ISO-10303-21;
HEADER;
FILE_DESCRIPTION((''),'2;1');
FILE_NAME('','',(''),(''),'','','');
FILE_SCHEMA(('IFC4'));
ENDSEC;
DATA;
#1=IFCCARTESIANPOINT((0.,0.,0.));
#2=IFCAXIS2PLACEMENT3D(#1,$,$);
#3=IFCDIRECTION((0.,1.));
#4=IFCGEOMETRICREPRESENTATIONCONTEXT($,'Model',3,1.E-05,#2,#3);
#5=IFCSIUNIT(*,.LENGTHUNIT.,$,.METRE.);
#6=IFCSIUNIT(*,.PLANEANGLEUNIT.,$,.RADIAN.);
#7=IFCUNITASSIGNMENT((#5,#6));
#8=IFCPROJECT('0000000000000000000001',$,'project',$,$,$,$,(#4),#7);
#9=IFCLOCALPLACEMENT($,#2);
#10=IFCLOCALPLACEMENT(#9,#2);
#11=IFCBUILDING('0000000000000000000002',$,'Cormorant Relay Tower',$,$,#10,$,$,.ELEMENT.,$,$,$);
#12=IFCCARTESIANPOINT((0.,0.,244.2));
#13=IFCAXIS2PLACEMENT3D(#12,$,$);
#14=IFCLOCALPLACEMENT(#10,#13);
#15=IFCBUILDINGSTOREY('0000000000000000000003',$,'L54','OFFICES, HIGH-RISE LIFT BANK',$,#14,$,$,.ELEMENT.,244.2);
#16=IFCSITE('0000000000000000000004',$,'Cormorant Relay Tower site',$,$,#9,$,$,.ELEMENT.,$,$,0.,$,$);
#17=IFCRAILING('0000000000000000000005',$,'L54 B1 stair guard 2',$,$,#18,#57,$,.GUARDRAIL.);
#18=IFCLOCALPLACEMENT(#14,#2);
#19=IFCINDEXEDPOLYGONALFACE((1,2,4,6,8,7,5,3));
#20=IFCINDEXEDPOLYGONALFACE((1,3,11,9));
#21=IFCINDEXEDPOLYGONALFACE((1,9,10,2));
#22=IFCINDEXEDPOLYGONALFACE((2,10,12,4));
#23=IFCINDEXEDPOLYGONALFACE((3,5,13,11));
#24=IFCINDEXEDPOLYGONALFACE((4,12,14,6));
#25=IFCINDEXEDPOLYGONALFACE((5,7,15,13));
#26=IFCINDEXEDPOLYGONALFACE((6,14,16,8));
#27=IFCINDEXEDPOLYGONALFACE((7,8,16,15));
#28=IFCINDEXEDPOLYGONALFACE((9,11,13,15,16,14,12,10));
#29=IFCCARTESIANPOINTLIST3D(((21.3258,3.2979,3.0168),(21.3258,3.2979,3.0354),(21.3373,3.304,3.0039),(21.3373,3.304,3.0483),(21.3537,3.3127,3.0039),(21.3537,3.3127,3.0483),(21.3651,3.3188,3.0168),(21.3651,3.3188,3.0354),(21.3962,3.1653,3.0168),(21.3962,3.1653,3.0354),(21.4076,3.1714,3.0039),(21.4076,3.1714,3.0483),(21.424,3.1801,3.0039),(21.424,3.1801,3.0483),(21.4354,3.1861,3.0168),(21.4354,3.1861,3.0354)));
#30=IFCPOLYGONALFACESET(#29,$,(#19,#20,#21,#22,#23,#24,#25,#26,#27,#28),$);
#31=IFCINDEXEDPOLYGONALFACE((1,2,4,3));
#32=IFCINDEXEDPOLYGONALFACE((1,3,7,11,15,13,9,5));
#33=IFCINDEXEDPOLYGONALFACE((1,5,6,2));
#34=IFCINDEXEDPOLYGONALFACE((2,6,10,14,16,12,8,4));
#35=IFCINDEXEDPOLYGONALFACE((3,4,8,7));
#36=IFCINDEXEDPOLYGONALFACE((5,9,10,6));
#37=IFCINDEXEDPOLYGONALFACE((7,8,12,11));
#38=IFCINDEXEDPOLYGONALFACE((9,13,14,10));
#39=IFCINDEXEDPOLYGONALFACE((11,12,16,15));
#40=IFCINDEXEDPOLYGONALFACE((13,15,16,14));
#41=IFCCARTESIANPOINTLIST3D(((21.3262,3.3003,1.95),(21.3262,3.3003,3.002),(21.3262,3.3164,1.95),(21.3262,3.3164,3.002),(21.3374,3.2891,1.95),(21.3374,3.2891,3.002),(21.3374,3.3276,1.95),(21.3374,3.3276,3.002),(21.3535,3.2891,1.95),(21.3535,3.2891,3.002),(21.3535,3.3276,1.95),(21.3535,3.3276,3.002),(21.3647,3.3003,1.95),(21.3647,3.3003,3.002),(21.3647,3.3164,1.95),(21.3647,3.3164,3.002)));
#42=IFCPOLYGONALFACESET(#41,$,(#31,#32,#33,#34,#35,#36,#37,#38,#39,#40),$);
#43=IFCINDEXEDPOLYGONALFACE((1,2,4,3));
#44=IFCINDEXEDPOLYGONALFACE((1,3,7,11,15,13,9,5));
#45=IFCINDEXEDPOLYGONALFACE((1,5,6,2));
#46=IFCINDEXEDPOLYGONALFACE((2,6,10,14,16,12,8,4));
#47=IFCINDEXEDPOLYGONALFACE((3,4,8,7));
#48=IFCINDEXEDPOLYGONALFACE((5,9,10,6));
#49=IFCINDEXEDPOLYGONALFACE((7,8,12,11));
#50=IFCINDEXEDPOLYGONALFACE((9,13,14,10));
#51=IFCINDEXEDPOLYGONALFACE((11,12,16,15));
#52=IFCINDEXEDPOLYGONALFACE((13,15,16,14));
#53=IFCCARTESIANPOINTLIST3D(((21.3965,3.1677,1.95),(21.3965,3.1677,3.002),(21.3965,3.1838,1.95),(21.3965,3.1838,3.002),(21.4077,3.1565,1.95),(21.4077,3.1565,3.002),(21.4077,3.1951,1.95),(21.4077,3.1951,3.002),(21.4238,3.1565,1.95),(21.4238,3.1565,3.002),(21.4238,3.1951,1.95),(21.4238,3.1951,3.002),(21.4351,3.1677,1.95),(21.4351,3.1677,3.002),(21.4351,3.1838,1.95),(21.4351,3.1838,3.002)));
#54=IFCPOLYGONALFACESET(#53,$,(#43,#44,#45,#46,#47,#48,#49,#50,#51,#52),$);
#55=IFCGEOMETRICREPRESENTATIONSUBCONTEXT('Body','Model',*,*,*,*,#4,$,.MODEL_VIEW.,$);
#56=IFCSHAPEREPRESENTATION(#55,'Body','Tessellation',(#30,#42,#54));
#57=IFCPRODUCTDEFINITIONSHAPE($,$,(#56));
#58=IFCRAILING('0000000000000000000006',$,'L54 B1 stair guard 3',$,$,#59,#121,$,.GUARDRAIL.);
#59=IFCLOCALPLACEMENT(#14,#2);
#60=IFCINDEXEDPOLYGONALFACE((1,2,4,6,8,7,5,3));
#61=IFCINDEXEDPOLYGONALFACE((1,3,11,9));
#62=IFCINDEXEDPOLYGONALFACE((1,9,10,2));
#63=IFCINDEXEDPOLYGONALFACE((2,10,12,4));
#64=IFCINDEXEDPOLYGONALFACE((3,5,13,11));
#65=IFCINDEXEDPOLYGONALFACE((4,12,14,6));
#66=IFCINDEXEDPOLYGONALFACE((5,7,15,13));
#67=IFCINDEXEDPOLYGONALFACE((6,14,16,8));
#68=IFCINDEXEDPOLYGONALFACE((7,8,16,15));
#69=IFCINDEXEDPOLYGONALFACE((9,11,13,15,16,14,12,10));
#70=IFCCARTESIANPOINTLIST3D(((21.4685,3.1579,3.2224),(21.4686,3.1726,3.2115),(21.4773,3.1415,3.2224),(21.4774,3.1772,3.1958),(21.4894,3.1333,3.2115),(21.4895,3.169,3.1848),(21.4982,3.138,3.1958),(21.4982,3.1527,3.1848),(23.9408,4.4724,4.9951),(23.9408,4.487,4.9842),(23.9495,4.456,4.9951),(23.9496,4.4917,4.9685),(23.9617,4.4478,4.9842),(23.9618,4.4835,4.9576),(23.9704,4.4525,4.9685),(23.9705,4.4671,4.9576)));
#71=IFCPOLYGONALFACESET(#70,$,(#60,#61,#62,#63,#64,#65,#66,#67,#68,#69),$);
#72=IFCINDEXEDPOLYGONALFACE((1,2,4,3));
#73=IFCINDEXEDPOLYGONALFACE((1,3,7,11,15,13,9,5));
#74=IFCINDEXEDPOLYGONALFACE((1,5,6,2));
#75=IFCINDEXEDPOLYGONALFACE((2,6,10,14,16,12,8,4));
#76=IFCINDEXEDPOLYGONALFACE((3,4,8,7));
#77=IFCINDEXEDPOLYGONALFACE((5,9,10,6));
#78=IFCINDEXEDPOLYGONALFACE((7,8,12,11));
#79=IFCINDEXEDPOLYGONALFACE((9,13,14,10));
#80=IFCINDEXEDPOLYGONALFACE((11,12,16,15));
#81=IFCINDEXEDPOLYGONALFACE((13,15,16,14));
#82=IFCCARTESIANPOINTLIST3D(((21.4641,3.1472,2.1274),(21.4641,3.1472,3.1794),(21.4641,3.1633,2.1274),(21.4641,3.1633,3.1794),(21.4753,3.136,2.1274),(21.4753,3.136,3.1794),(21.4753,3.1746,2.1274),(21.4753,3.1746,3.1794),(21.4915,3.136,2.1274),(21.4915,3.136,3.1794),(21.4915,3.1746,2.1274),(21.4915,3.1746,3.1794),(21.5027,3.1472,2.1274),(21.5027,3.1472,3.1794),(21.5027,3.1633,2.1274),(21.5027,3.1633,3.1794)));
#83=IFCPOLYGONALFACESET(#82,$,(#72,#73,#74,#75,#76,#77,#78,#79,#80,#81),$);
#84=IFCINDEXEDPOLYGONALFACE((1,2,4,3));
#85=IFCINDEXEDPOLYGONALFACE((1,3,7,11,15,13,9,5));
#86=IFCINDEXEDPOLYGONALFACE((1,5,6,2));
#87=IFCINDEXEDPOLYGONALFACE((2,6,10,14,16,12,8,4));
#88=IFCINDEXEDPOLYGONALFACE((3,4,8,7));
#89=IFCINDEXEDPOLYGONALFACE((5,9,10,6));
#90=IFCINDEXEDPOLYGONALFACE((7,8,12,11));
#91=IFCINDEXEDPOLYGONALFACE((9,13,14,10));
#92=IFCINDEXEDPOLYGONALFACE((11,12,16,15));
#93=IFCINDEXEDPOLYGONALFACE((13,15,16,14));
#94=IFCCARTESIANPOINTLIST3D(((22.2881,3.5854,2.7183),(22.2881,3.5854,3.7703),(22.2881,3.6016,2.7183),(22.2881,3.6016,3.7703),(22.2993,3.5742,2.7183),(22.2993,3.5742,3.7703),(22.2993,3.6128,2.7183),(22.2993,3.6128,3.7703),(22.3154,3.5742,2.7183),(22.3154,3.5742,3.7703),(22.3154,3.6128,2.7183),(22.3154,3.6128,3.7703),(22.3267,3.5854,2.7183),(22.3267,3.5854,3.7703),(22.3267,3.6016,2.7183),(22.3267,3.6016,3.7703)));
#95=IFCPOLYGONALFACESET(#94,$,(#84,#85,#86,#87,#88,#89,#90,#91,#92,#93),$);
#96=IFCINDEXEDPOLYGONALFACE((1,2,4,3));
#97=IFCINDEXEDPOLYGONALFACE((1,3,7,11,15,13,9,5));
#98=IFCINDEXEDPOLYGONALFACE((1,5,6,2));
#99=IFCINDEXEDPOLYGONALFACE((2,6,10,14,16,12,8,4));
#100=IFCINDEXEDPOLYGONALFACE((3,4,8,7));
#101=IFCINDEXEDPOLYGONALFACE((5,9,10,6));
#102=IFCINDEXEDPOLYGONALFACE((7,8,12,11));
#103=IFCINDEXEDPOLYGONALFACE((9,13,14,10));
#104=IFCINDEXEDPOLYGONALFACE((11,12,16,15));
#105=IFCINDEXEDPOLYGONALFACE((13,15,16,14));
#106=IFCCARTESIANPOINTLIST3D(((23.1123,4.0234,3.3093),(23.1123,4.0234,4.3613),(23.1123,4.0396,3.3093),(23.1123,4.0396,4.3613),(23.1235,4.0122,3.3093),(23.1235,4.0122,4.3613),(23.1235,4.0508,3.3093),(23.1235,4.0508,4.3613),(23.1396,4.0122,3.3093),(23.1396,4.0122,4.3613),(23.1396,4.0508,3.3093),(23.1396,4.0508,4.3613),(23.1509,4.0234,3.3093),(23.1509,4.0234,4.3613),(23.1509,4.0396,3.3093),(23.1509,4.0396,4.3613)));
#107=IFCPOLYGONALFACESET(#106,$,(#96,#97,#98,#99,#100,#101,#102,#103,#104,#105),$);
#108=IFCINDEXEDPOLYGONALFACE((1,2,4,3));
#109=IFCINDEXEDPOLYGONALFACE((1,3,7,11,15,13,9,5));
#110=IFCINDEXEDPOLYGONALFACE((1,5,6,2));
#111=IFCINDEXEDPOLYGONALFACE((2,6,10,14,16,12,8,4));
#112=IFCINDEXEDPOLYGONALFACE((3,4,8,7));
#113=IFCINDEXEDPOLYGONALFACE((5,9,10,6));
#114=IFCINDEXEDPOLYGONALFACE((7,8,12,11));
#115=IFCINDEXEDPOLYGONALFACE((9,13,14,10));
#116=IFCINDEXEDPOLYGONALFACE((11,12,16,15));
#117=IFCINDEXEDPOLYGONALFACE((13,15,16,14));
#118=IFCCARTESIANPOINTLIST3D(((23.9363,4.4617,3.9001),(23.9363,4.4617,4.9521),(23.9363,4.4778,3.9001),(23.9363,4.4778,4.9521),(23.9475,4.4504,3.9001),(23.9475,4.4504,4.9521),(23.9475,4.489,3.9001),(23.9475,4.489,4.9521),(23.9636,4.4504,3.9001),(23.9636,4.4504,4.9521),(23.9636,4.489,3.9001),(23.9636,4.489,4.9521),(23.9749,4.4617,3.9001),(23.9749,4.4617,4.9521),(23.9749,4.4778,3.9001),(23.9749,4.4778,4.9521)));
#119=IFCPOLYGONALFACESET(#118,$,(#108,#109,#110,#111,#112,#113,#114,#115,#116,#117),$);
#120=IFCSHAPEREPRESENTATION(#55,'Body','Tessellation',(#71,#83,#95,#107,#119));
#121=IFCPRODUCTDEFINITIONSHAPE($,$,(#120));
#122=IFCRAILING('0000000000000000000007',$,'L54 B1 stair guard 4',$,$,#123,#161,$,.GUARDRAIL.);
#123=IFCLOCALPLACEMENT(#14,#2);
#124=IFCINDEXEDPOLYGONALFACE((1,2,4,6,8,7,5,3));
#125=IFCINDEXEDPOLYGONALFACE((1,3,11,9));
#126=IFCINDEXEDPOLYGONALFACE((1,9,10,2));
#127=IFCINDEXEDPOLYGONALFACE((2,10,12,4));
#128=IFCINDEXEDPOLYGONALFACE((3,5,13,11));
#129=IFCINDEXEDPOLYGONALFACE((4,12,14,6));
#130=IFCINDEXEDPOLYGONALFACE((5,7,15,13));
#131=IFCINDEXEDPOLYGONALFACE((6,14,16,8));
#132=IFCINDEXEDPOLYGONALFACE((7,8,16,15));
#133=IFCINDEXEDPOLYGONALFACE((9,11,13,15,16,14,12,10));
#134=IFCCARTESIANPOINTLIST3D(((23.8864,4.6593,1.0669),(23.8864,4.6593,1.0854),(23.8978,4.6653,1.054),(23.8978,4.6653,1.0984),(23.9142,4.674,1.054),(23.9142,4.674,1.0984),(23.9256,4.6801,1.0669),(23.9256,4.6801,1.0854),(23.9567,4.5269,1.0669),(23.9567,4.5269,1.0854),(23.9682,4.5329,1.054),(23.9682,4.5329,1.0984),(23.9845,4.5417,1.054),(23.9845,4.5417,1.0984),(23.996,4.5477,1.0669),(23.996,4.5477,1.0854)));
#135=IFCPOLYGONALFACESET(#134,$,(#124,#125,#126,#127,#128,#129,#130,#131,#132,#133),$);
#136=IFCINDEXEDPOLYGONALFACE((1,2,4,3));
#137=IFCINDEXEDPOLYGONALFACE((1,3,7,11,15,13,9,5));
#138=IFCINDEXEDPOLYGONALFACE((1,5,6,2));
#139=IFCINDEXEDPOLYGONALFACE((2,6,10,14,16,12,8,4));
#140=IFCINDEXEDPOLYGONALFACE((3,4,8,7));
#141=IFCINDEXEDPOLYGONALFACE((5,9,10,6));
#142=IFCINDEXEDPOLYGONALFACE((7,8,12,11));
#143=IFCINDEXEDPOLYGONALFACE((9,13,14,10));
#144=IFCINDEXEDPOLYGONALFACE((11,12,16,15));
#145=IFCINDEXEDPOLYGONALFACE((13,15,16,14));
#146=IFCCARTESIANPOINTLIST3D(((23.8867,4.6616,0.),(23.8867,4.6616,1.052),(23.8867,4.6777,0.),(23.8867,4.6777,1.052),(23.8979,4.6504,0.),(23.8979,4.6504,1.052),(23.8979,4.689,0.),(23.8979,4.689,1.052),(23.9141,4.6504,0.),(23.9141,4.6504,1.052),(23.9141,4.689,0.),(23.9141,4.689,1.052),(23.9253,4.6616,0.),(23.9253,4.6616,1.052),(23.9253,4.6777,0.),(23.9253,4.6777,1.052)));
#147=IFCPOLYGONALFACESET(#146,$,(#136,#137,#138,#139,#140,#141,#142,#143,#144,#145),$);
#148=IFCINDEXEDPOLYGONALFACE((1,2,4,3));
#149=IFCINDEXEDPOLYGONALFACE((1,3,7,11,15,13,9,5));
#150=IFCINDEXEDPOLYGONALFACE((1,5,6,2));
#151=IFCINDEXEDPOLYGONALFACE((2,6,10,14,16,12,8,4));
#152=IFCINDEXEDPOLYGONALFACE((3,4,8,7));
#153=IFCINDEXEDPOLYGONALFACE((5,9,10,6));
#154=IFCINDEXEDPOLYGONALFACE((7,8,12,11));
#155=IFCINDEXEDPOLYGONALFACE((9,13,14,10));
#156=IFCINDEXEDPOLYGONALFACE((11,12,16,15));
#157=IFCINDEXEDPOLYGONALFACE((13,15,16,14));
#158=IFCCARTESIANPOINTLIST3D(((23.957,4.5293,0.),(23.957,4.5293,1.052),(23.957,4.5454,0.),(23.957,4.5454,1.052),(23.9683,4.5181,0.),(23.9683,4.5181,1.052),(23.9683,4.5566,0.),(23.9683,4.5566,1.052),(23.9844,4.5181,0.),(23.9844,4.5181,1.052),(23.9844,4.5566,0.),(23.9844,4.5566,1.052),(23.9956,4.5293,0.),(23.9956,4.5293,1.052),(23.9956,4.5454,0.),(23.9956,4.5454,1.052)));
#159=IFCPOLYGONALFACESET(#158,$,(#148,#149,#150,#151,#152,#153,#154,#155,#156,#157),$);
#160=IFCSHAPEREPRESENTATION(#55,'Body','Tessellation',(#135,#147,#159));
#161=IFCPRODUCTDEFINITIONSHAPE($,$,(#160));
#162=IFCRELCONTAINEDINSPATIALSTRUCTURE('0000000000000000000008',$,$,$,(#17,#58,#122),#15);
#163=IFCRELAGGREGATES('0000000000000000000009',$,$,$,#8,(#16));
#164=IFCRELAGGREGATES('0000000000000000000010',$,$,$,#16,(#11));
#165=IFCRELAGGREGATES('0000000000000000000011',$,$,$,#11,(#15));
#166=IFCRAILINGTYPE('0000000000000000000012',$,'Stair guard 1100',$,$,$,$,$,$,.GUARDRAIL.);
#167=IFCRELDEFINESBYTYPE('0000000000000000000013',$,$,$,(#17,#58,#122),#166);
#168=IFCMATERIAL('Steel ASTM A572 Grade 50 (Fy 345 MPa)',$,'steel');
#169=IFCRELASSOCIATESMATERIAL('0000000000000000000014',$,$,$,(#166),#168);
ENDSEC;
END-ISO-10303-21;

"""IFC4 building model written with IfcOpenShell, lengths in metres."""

from ifc_helpers import new_model, si_unit, direction, frame, origin, place, context, subcontext, project, spatial, polyline, outline, extrude, material, type_object, element, save


model = new_model("IFC4")

# Units and contexts
model_context = context("Model", 3, precision=1e-05, world=origin(), true_north=direction((0.0, 1.0)))
body_context = subcontext(model_context, "Body", "Model", "MODEL_VIEW")
ifc_project = project(units=[si_unit("LENGTHUNIT", "METRE"), si_unit("PLANEANGLEUNIT", "RADIAN")], contexts=[model_context])

# Site, building, storey
site_placement = place(None, origin())
site = spatial("IfcSite", under=ifc_project, at=site_placement, Name="Cormorant Relay Tower site", CompositionType="ELEMENT", RefElevation=0.0)
building_placement = place(site_placement, origin())
building = spatial("IfcBuilding", under=site, at=building_placement, Name="Cormorant Relay Tower", CompositionType="ELEMENT")
storey_placement = place(building_placement, frame((0.0, 0.0, 244.2)))
storey = spatial("IfcBuildingStorey", under=building, at=storey_placement, Name="L54", Description="OFFICES, HIGH-RISE LIFT BANK", CompositionType="ELEMENT", Elevation=244.2)

# Railings
ifc_material_1 = material(Name="Steel ASTM A572 Grade 50 (Fy 345 MPa)", Category="steel")
railing_type_1 = type_object("IfcRailingType", Name="Stair guard 1100", PredefinedType="GUARDRAIL", material=ifc_material_1)
railing_1_placement = place(storey_placement, frame((21.3455, 3.3083, 1.95)))
element("IfcRailing", 1, at=railing_1_placement, inside=storey, type_object=railing_type_1, Name="L54 B1 stair guard 2", PredefinedType="GUARDRAIL", context=body_context, shape_type="SweptSolid", body=[
    extrude(outline(polyline([(0.0222, 0.0093), (0.0093, 0.0222), (-0.0093, 0.0222), (-0.0222, 0.0093), (-0.0222, -0.0093), (-0.0093, -0.0222), (0.0093, -0.0222), (0.0222, -0.0093), (0.0222, 0.0093)])), frame((0.0, 0.0, 1.0762), z_axis=(0.46856, -0.883431, 0.0), x_axis=(0.883431, 0.46856, 0.0)), (0.0, 0.0, 1.0), 0.1501),
    extrude(outline(polyline([(0.0193, 0.0081), (0.0081, 0.0193), (-0.0081, 0.0193), (-0.0193, 0.0081), (-0.0193, -0.0081), (-0.0081, -0.0193), (0.0081, -0.0193), (0.0193, -0.0081), (0.0193, 0.0081)])), origin(), (0.0, 0.0, 1.0), 1.052),
    extrude(outline(polyline([(0.0193, 0.0081), (0.0081, 0.0193), (-0.0081, 0.0193), (-0.0193, 0.0081), (-0.0193, -0.0081), (-0.0081, -0.0193), (0.0081, -0.0193), (0.0193, -0.0081), (0.0193, 0.0081)])), frame((0.0703, -0.1326, 0.0)), (0.0, 0.0, 1.0), 1.052),
])
railing_2_placement = place(storey_placement, frame((21.4834, 3.1553, 2.1274)))
element("IfcRailing", 2, at=railing_2_placement, inside=storey, type_object=railing_type_1, Name="L54 B1 stair guard 3", PredefinedType="GUARDRAIL", context=body_context, shape_type="SweptSolid", body=[
    extrude(outline(polyline([(0.0222, 0.0093), (0.0093, 0.0222), (-0.0093, 0.0222), (-0.0222, 0.0093), (-0.0222, -0.0093), (-0.0093, -0.0222), (0.0093, -0.0222), (0.0222, -0.0093), (0.0222, 0.0093)])), frame((0.0, 0.0, 1.0762), z_axis=(0.746001, 0.396649, 0.534931), x_axis=(-0.469465, 0.882951, 0.0)), (0.0, 0.0, 1.0), 3.314),
    extrude(outline(polyline([(0.0193, 0.0081), (0.0081, 0.0193), (-0.0081, 0.0193), (-0.0193, 0.0081), (-0.0193, -0.0081), (-0.0081, -0.0193), (0.0081, -0.0193), (0.0193, -0.0081), (0.0193, 0.0081)])), origin(), (0.0, 0.0, 1.0), 1.052),
    extrude(outline(polyline([(0.0193, 0.0081), (0.0081, 0.0193), (-0.0081, 0.0193), (-0.0193, 0.0081), (-0.0193, -0.0081), (-0.0081, -0.0193), (0.0081, -0.0193), (0.0193, -0.0081), (0.0193, 0.0081)])), frame((0.824, 0.4382, 0.5908)), (0.0, 0.0, 1.0), 1.052),
    extrude(outline(polyline([(0.0193, 0.0081), (0.0081, 0.0193), (-0.0081, 0.0193), (-0.0193, 0.0081), (-0.0193, -0.0081), (-0.0081, -0.0193), (0.0081, -0.0193), (0.0193, -0.0081), (0.0193, 0.0081)])), frame((1.6482, 0.8762, 1.1819)), (0.0, 0.0, 1.0), 1.052),
    extrude(outline(polyline([(0.0193, 0.0081), (0.0081, 0.0193), (-0.0081, 0.0193), (-0.0193, 0.0081), (-0.0193, -0.0081), (-0.0081, -0.0193), (0.0081, -0.0193), (0.0193, -0.0081), (0.0193, 0.0081)])), frame((2.4722, 1.3145, 1.7727)), (0.0, 0.0, 1.0), 1.052),
])
railing_3_placement = place(storey_placement, frame((23.906, 4.6697, 0.0)))
element("IfcRailing", 3, at=railing_3_placement, inside=storey, type_object=railing_type_1, Name="L54 B1 stair guard 4", PredefinedType="GUARDRAIL", context=body_context, shape_type="SweptSolid", body=[
    extrude(outline(polyline([(0.0222, 0.0093), (0.0093, 0.0222), (-0.0093, 0.0222), (-0.0222, 0.0093), (-0.0222, -0.0093), (-0.0093, -0.0222), (0.0093, -0.0222), (0.0222, -0.0093), (0.0222, 0.0093)])), frame((0.0, 0.0, 1.0762), z_axis=(0.469235, -0.883074, 0.0), x_axis=(0.883074, 0.469235, 0.0)), (0.0, 0.0, 1.0), 0.1499),
    extrude(outline(polyline([(0.0193, 0.0081), (0.0081, 0.0193), (-0.0081, 0.0193), (-0.0193, 0.0081), (-0.0193, -0.0081), (-0.0081, -0.0193), (0.0081, -0.0193), (0.0193, -0.0081), (0.0193, 0.0081)])), origin(), (0.0, 0.0, 1.0), 1.052),
    extrude(outline(polyline([(0.0193, 0.0081), (0.0081, 0.0193), (-0.0081, 0.0193), (-0.0193, 0.0081), (-0.0193, -0.0081), (-0.0081, -0.0193), (0.0081, -0.0193), (0.0193, -0.0081), (0.0193, 0.0081)])), frame((0.0703, -0.1323, 0.0)), (0.0, 0.0, 1.0), 1.052),
])

save(model, "model.ifc")
